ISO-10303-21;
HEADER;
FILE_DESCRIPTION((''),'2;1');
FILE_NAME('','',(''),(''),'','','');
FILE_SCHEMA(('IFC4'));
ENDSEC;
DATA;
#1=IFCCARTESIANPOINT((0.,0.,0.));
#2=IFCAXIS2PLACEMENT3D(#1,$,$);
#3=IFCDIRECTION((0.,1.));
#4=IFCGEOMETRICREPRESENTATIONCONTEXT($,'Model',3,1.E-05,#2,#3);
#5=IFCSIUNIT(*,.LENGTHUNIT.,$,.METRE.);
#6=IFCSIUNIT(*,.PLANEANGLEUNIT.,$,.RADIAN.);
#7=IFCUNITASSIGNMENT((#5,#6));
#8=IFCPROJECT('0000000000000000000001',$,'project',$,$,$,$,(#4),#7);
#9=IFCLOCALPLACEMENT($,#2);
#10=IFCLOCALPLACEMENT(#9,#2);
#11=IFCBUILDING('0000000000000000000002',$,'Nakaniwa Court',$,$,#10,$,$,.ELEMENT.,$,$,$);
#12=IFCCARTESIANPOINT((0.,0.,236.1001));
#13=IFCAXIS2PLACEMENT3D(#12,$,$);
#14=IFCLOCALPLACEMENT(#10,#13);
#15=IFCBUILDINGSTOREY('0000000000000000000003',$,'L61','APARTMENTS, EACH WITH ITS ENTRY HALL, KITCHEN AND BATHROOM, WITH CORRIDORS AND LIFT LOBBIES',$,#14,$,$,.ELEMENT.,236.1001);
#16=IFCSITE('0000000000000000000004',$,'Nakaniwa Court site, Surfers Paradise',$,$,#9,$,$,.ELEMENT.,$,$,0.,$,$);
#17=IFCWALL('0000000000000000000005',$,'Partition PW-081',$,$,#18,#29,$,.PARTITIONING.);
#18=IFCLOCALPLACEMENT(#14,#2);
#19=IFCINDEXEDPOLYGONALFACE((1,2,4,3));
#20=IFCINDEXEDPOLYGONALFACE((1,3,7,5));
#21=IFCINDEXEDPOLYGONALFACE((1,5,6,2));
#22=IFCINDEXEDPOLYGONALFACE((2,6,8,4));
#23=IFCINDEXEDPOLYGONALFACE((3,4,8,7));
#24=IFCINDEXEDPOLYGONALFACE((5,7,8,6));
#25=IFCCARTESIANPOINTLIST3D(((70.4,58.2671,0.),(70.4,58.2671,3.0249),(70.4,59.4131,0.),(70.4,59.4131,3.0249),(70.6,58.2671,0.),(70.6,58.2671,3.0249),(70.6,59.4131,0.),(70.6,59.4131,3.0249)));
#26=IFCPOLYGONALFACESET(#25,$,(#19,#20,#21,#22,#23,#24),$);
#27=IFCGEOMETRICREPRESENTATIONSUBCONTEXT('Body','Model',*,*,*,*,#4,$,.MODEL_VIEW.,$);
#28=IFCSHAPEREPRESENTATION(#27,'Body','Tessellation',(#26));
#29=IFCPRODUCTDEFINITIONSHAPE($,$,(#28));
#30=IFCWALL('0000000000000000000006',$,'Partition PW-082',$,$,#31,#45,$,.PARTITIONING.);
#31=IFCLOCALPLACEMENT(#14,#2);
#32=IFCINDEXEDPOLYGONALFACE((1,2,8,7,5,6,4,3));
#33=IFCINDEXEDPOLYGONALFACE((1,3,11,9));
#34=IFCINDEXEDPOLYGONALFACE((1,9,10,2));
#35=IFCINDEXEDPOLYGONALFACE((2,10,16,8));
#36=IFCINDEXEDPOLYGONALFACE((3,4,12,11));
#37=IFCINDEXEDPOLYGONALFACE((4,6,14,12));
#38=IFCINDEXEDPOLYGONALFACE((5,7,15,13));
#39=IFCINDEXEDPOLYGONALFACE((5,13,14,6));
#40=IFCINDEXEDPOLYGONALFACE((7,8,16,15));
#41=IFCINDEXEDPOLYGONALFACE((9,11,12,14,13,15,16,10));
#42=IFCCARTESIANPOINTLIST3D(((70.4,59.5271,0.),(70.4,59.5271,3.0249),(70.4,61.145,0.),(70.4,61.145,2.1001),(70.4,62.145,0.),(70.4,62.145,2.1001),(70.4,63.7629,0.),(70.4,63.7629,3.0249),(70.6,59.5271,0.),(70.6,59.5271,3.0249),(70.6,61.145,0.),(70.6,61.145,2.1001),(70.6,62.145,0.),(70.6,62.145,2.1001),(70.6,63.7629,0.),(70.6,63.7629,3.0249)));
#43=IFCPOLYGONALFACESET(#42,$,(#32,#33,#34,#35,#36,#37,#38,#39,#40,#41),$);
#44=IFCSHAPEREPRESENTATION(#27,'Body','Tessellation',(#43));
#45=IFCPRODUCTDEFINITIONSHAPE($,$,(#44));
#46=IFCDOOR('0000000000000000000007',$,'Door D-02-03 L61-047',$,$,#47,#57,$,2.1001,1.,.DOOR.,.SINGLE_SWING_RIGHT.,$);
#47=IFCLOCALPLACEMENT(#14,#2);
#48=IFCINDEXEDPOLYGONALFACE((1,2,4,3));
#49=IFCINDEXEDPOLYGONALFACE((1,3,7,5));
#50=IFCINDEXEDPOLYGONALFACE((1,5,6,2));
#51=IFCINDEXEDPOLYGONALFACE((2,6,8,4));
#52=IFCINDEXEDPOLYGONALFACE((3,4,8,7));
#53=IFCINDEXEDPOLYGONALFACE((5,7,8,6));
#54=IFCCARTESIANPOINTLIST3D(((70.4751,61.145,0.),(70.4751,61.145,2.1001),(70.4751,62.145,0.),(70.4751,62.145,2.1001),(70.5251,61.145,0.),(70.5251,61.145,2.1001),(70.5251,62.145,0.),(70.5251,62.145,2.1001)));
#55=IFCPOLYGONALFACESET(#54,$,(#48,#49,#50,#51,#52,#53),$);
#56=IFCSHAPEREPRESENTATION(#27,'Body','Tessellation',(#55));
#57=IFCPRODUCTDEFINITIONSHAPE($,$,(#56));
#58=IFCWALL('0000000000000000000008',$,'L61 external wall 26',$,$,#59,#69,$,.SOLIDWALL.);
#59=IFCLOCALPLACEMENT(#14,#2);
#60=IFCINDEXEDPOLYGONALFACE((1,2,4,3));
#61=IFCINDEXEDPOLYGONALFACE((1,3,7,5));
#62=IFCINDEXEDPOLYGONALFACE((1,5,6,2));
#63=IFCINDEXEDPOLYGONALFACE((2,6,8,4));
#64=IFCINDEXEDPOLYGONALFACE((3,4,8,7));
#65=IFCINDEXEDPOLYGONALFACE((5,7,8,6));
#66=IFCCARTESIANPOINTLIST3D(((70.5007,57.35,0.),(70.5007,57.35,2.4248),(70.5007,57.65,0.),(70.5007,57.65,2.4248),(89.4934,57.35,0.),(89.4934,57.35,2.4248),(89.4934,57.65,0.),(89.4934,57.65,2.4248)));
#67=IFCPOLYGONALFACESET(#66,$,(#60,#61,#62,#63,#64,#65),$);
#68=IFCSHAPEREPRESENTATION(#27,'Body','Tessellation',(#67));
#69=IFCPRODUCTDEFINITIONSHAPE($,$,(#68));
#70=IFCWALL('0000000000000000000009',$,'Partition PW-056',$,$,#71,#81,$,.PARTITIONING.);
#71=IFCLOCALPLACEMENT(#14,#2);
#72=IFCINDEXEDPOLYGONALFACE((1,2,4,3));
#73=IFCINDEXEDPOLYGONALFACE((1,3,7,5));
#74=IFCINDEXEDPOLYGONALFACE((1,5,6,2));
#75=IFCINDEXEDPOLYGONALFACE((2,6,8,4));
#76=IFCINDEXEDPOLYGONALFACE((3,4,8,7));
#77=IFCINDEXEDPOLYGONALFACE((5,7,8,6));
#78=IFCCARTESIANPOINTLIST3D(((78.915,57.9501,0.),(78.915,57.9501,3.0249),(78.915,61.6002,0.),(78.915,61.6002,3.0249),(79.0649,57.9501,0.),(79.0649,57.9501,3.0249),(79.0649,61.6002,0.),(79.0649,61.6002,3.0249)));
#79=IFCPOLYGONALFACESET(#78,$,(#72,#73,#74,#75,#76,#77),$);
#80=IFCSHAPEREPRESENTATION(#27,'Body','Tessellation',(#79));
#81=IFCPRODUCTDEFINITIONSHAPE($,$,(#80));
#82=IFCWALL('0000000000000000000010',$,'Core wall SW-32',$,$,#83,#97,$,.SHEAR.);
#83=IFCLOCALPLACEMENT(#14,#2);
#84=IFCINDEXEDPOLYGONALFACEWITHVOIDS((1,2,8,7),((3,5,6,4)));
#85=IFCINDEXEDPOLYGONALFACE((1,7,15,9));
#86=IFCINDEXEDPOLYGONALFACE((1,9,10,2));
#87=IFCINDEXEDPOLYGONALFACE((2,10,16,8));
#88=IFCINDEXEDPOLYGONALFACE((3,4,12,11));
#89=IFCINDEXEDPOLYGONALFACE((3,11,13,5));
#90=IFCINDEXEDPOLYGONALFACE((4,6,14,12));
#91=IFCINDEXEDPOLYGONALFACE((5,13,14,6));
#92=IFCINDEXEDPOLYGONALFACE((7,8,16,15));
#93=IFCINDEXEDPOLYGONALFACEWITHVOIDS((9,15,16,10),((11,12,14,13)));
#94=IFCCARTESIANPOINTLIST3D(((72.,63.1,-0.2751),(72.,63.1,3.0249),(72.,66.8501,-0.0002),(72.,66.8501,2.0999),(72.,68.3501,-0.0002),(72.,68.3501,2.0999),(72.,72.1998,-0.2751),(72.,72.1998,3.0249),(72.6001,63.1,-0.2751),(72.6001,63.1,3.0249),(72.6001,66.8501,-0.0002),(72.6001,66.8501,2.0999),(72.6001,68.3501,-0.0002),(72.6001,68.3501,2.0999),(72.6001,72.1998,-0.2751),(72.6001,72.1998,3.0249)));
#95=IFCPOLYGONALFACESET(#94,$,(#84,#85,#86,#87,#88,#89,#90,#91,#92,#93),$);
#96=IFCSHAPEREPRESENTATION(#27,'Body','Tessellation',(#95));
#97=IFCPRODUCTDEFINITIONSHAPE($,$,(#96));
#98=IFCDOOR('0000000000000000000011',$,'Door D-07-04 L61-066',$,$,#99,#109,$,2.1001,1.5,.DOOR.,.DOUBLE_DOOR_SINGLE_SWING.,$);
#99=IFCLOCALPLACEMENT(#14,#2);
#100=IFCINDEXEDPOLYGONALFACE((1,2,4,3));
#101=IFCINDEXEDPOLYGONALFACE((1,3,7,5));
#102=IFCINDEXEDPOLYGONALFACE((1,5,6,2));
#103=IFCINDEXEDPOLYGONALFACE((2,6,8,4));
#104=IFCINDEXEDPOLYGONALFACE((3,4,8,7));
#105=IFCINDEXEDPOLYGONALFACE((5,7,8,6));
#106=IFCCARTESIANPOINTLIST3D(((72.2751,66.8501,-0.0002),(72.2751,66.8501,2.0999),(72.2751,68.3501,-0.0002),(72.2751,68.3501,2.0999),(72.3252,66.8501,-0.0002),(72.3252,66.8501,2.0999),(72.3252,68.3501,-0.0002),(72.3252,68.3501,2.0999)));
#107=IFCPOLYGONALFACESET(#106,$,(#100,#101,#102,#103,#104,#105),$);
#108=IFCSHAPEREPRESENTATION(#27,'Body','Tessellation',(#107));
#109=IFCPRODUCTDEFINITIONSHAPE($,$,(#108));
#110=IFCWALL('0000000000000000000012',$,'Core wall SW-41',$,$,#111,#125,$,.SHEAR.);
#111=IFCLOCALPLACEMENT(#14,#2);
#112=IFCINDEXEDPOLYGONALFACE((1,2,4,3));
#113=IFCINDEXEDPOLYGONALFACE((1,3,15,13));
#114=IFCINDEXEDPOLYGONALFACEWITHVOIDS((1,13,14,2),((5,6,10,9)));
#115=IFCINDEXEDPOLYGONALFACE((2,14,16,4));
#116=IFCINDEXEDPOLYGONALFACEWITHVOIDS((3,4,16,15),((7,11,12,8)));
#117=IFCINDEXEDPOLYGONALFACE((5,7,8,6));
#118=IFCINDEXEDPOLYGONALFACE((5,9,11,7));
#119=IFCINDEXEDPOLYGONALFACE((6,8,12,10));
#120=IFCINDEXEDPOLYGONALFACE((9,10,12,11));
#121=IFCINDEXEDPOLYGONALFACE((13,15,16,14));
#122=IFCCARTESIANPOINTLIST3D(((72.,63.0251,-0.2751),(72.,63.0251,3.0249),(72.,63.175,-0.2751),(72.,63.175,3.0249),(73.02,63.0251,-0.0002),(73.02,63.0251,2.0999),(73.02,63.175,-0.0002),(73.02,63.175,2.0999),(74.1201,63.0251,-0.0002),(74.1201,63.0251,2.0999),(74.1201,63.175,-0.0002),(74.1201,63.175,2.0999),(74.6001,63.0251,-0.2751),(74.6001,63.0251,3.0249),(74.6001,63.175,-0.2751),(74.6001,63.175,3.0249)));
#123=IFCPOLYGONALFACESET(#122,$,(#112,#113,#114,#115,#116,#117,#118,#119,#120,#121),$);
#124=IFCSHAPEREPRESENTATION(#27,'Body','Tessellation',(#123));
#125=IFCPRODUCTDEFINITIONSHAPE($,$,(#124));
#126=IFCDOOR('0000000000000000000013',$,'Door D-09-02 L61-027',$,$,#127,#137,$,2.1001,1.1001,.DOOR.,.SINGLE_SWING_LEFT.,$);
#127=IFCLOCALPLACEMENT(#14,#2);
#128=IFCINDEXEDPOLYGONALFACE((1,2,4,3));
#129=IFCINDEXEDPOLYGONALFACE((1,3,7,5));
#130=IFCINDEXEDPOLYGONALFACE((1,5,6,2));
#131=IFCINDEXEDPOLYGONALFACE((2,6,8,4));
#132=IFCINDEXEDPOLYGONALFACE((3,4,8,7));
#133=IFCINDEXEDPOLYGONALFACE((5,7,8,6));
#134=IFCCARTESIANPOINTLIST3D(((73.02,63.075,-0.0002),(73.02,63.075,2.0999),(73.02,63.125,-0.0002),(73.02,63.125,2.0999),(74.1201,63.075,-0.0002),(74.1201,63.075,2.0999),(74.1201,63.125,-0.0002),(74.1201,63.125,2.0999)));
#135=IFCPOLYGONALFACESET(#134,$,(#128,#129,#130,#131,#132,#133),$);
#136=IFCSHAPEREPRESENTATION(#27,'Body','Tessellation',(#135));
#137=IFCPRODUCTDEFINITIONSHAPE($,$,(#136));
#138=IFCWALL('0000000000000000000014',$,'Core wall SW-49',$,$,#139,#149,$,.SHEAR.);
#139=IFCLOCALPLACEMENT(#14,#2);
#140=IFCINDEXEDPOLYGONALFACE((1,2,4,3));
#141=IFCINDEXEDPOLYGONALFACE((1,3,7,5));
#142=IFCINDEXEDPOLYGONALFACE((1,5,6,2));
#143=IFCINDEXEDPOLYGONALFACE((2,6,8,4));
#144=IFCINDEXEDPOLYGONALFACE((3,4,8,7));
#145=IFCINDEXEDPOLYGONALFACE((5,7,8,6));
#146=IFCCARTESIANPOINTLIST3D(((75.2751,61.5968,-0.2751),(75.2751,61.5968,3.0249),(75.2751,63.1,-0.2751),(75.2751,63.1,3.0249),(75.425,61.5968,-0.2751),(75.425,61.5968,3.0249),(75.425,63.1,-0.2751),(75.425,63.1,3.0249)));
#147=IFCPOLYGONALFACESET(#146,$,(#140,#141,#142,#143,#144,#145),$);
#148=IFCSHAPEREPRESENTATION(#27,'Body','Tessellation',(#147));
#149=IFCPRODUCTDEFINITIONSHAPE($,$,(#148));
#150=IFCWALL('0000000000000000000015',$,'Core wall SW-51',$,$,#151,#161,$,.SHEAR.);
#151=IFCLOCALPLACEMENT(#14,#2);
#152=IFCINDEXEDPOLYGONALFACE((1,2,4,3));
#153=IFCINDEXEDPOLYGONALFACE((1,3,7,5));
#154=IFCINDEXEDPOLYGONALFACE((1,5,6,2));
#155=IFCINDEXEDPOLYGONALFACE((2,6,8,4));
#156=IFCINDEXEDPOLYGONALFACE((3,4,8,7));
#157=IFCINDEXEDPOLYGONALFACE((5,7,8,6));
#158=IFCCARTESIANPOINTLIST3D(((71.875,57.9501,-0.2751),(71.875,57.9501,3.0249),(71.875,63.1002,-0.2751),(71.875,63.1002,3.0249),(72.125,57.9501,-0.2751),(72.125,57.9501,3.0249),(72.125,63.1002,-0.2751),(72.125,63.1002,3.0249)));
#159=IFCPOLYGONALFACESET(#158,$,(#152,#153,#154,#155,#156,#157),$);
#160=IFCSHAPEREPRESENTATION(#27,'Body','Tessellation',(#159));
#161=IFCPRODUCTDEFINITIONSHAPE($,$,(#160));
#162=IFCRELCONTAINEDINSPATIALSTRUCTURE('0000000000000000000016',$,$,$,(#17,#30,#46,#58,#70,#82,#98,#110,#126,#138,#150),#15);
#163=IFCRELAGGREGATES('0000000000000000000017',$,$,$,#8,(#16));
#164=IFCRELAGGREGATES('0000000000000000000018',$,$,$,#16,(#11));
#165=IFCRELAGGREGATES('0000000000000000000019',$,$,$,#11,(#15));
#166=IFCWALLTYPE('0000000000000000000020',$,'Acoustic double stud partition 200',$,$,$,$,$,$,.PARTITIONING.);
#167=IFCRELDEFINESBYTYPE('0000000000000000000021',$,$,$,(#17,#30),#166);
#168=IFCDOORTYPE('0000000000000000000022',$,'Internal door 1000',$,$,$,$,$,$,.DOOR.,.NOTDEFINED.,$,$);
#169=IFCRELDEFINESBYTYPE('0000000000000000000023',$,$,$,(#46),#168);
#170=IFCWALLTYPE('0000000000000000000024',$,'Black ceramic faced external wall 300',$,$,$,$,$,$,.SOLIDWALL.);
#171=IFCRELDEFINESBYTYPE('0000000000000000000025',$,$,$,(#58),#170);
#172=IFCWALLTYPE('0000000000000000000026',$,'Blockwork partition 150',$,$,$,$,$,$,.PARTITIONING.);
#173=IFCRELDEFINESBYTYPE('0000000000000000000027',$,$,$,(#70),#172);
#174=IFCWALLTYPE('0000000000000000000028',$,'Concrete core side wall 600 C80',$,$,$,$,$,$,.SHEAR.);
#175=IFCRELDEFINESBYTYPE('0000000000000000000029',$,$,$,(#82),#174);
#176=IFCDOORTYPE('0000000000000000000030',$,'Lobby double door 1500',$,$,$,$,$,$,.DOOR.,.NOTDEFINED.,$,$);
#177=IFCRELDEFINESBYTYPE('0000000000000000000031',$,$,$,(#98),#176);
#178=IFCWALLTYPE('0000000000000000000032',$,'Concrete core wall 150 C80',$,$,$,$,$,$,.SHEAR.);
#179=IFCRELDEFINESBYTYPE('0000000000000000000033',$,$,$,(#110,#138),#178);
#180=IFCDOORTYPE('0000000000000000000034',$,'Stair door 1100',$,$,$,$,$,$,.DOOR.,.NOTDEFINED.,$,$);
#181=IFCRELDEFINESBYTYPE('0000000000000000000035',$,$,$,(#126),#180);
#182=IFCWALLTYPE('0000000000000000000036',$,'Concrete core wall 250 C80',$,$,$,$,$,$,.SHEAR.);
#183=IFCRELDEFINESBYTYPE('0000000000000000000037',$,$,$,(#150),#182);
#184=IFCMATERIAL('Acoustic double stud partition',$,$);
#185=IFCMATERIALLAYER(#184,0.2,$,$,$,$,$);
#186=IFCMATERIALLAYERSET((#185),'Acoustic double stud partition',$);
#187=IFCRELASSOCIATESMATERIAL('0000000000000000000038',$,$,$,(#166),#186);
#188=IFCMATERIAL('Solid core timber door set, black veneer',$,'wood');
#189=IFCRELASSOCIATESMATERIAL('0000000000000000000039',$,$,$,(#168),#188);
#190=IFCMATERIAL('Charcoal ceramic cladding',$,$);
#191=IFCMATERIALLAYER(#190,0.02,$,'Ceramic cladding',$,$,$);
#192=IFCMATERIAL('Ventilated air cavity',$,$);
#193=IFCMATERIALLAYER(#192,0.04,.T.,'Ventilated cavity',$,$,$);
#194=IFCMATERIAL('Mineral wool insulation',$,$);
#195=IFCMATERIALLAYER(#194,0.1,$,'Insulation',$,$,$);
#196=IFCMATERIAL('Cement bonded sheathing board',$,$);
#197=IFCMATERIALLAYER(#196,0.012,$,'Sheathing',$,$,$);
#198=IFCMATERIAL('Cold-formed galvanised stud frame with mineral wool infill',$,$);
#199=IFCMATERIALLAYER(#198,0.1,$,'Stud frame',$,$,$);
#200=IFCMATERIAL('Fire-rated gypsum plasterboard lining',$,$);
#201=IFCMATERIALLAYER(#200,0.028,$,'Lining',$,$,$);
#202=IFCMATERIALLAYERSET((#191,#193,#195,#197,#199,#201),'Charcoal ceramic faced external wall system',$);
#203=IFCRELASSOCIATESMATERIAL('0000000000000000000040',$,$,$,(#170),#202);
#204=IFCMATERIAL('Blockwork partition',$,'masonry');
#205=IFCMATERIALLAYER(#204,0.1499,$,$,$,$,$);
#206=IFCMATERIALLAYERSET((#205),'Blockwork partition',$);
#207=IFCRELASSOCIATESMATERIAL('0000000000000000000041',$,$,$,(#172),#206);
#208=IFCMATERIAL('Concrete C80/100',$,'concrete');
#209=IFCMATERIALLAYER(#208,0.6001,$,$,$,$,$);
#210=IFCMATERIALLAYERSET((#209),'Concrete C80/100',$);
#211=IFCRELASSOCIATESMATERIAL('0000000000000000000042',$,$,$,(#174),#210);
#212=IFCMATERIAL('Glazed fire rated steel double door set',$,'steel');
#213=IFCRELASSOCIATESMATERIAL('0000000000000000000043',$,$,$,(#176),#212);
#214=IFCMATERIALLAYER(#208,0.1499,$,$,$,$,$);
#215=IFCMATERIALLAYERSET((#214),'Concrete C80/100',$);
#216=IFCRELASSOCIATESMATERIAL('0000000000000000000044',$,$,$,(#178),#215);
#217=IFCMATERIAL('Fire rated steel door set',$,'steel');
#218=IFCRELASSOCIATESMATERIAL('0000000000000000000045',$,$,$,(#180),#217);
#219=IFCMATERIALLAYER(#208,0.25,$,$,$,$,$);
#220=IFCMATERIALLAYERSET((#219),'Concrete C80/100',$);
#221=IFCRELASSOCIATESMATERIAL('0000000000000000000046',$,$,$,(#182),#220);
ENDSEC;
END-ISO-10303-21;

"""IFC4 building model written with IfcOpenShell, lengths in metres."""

from ifc_helpers import new_model, si_unit, direction, frame, frame_2d, origin, place, context, subcontext, project, spatial, rectangle, extrude, material, layer, layer_set, type_object, element, fill, save


model = new_model("IFC4")

# Units and contexts
model_context = context("Model", 3, precision=1e-05, world=origin(), true_north=direction((0.0, 1.0)))
body_context = subcontext(model_context, "Body", "Model", "MODEL_VIEW")
ifc_project = project(units=[si_unit("LENGTHUNIT", "METRE"), si_unit("PLANEANGLEUNIT", "RADIAN")], contexts=[model_context])

# Site, building, storey
site_placement = place(None, origin())
site = spatial("IfcSite", under=ifc_project, at=site_placement, Name="Nakaniwa Court site, Surfers Paradise", CompositionType="ELEMENT", RefElevation=0.0)
building_placement = place(site_placement, origin())
building = spatial("IfcBuilding", under=site, at=building_placement, Name="Nakaniwa Court", CompositionType="ELEMENT")
storey_placement = place(building_placement, frame((0.0, 0.0, 236.1001)))
storey = spatial("IfcBuildingStorey", under=building, at=storey_placement, Name="L61", Description="APARTMENTS, EACH WITH ITS ENTRY HALL, KITCHEN AND BATHROOM, WITH CORRIDORS AND LIFT LOBBIES", CompositionType="ELEMENT", Elevation=236.1001)

# Wall
ifc_material_1 = material(Name="Acoustic double stud partition")
ifc_layer_1 = layer(ifc_material_1, 0.2)
ifc_layer_set_1 = layer_set([ifc_layer_1], Name="Acoustic double stud partition")
wall_type_1 = type_object("IfcWallType", Name="Acoustic double stud partition 200", PredefinedType="PARTITIONING", material=ifc_layer_set_1)
wall_1_placement = place(storey_placement, frame((70.5, 58.2671, 0.0), z_axis=(0.0, 0.0, 1.0), x_axis=(0.0, 1.0, 0.0)))
element("IfcWall", 1, at=wall_1_placement, inside=storey, type_object=wall_type_1, Name="Partition PW-081", PredefinedType="PARTITIONING", context=body_context, shape_type="SweptSolid", body=[
    extrude(rectangle(XDim=1.146, YDim=0.2, at=frame_2d((0.573, 0.0))), origin(), (0.0, 0.0, 1.0), 3.0249),
])

# Wall, opening, door
wall_2_placement = place(storey_placement, frame((70.5, 59.5271, 0.0), z_axis=(0.0, 0.0, 1.0), x_axis=(0.0, 1.0, 0.0)))
wall_2 = element("IfcWall", 2, at=wall_2_placement, inside=storey, type_object=wall_type_1, Name="Partition PW-082", PredefinedType="PARTITIONING", context=body_context, shape_type="SweptSolid", body=[
    extrude(rectangle(XDim=4.2358, YDim=0.2, at=frame_2d((2.1179, 0.0))), origin(), (0.0, 0.0, 1.0), 3.0249),
])
opening_1_placement = place(wall_2_placement, frame((1.6179, 0.0, 0.0)))
opening_1 = element("IfcOpeningElement", 3, at=opening_1_placement, cuts=wall_2, PredefinedType="OPENING", context=body_context, shape_type="SweptSolid", body=[
    extrude(rectangle(XDim=1.0, YDim=2.1001, at=frame_2d((0.5, 1.05))), frame((0.0, 0.1099, 0.0), z_axis=(0.0, -1.0, 0.0), x_axis=(1.0, 0.0, 0.0)), (0.0, 0.0, 1.0), 0.22),
])
ifc_material_2 = material(Name="Solid core timber door set, black veneer", Category="wood")
door_type_1 = type_object("IfcDoorType", Name="Internal door 1000", OperationType="NOTDEFINED", PredefinedType="DOOR", material=ifc_material_2)
door_1_placement = place(opening_1_placement, origin())
door_1 = element("IfcDoor", 4, at=door_1_placement, inside=storey, type_object=door_type_1, Name="Door D-02-03 L61-047", OperationType="SINGLE_SWING_RIGHT", OverallHeight=2.1001, OverallWidth=1.0, PredefinedType="DOOR", context=body_context, shape_type="SweptSolid", body=[
    extrude(rectangle(XDim=1.0, YDim=2.1001, at=frame_2d((0.5, 1.05))), frame((0.0, 0.0249, 0.0), z_axis=(0.0, -1.0, 0.0), x_axis=(1.0, 0.0, 0.0)), (0.0, 0.0, 1.0), 0.05),
])
fill(opening_1, door_1)

# Walls
ifc_material_3 = material(Name="Charcoal ceramic cladding")
ifc_layer_2 = layer(ifc_material_3, 0.02, Name="Ceramic cladding")
ifc_material_4 = material(Name="Ventilated air cavity")
ifc_layer_3 = layer(ifc_material_4, 0.04, ventilated=True, Name="Ventilated cavity")
ifc_material_5 = material(Name="Mineral wool insulation")
ifc_layer_4 = layer(ifc_material_5, 0.1, Name="Insulation")
ifc_material_6 = material(Name="Cement bonded sheathing board")
ifc_layer_5 = layer(ifc_material_6, 0.012, Name="Sheathing")
ifc_material_7 = material(Name="Cold-formed galvanised stud frame with mineral wool infill")
ifc_layer_6 = layer(ifc_material_7, 0.1, Name="Stud frame")
ifc_material_8 = material(Name="Fire-rated gypsum plasterboard lining")
ifc_layer_7 = layer(ifc_material_8, 0.028, Name="Lining")
ifc_layer_set_2 = layer_set([ifc_layer_2, ifc_layer_3, ifc_layer_4, ifc_layer_5, ifc_layer_6, ifc_layer_7], Name="Charcoal ceramic faced external wall system")
wall_type_2 = type_object("IfcWallType", Name="Black ceramic faced external wall 300", PredefinedType="SOLIDWALL", material=ifc_layer_set_2)
wall_3_placement = place(storey_placement, frame((70.5007, 57.5, 0.0), z_axis=(0.0, 0.0, 1.0), x_axis=(1.0, 0.0, 0.0)))
element("IfcWall", 5, at=wall_3_placement, inside=storey, type_object=wall_type_2, Name="L61 external wall 26", PredefinedType="SOLIDWALL", context=body_context, shape_type="SweptSolid", body=[
    extrude(rectangle(XDim=18.9927, YDim=0.3, at=frame_2d((9.4963, 0.0))), origin(), (0.0, 0.0, 1.0), 2.4248),
])
ifc_material_9 = material(Name="Blockwork partition", Category="masonry")
ifc_layer_8 = layer(ifc_material_9, 0.1499)
ifc_layer_set_3 = layer_set([ifc_layer_8], Name="Blockwork partition")
wall_type_3 = type_object("IfcWallType", Name="Blockwork partition 150", PredefinedType="PARTITIONING", material=ifc_layer_set_3)
wall_4_placement = place(storey_placement, frame((78.99, 57.95, 0.0), z_axis=(0.0, 0.0, 1.0), x_axis=(0.0, 1.0, 0.0)))
element("IfcWall", 6, at=wall_4_placement, inside=storey, type_object=wall_type_3, Name="Partition PW-056", PredefinedType="PARTITIONING", context=body_context, shape_type="SweptSolid", body=[
    extrude(rectangle(XDim=3.6501, YDim=0.1499, at=frame_2d((1.8252, 0.0))), origin(), (0.0, 0.0, 1.0), 3.0249),
])

# Walls, openings, doors
ifc_material_10 = material(Name="Concrete C80/100", Category="concrete")
ifc_layer_9 = layer(ifc_material_10, 0.6001)
ifc_layer_set_4 = layer_set([ifc_layer_9], Name="Concrete C80/100")
wall_type_4 = type_object("IfcWallType", Name="Concrete core side wall 600 C80", PredefinedType="SHEAR", material=ifc_layer_set_4)
wall_5_placement = place(storey_placement, frame((72.3, 63.1001, -0.2751), z_axis=(0.0, 0.0, 1.0), x_axis=(0.0, 1.0, 0.0)))
wall_5 = element("IfcWall", 7, at=wall_5_placement, inside=storey, type_object=wall_type_4, Name="Core wall SW-32", PredefinedType="SHEAR", context=body_context, shape_type="SweptSolid", body=[
    extrude(rectangle(XDim=9.0999, YDim=0.6001, at=frame_2d((4.5498, 0.0))), origin(), (0.0, 0.0, 1.0), 3.3),
])
opening_2_placement = place(wall_5_placement, frame((3.75, 0.0, 0.2749)))
opening_2 = element("IfcOpeningElement", 8, at=opening_2_placement, cuts=wall_5, PredefinedType="OPENING", context=body_context, shape_type="SweptSolid", body=[
    extrude(rectangle(XDim=1.5, YDim=2.1001, at=frame_2d((0.75, 1.05))), frame((0.0, 0.3101, 0.0), z_axis=(0.0, -1.0, 0.0), x_axis=(1.0, 0.0, 0.0)), (0.0, 0.0, 1.0), 0.6201),
])
ifc_material_11 = material(Name="Glazed fire rated steel double door set", Category="steel")
door_type_2 = type_object("IfcDoorType", Name="Lobby double door 1500", OperationType="NOTDEFINED", PredefinedType="DOOR", material=ifc_material_11)
door_2_placement = place(opening_2_placement, origin())
door_2 = element("IfcDoor", 9, at=door_2_placement, inside=storey, type_object=door_type_2, Name="Door D-07-04 L61-066", OperationType="DOUBLE_DOOR_SINGLE_SWING", OverallHeight=2.1001, OverallWidth=1.5, PredefinedType="DOOR", context=body_context, shape_type="SweptSolid", body=[
    extrude(rectangle(XDim=1.5, YDim=2.1001, at=frame_2d((0.75, 1.05))), frame((0.0, 0.0249, 0.0), z_axis=(0.0, -1.0, 0.0), x_axis=(1.0, 0.0, 0.0)), (0.0, 0.0, 1.0), 0.05),
])
fill(opening_2, door_2)
ifc_layer_10 = layer(ifc_material_10, 0.1499)
ifc_layer_set_5 = layer_set([ifc_layer_10], Name="Concrete C80/100")
wall_type_5 = type_object("IfcWallType", Name="Concrete core wall 150 C80", PredefinedType="SHEAR", material=ifc_layer_set_5)
wall_6_placement = place(storey_placement, frame((72.0, 63.1001, -0.2751), z_axis=(0.0, 0.0, 1.0), x_axis=(1.0, 0.0, 0.0)))
wall_6 = element("IfcWall", 10, at=wall_6_placement, inside=storey, type_object=wall_type_5, Name="Core wall SW-41", PredefinedType="SHEAR", context=body_context, shape_type="SweptSolid", body=[
    extrude(rectangle(XDim=2.6001, YDim=0.1499, at=frame_2d((1.3, 0.0))), origin(), (0.0, 0.0, 1.0), 3.3),
])
opening_3_placement = place(wall_6_placement, frame((1.02, 0.0, 0.2749)))
opening_3 = element("IfcOpeningElement", 11, at=opening_3_placement, cuts=wall_6, PredefinedType="OPENING", context=body_context, shape_type="SweptSolid", body=[
    extrude(rectangle(XDim=1.1001, YDim=2.1001, at=frame_2d((0.55, 1.05))), frame((0.0, 0.085, 0.0), z_axis=(0.0, -1.0, 0.0), x_axis=(1.0, 0.0, 0.0)), (0.0, 0.0, 1.0), 0.1699),
])
ifc_material_12 = material(Name="Fire rated steel door set", Category="steel")
door_type_3 = type_object("IfcDoorType", Name="Stair door 1100", OperationType="NOTDEFINED", PredefinedType="DOOR", material=ifc_material_12)
door_3_placement = place(opening_3_placement, origin())
door_3 = element("IfcDoor", 12, at=door_3_placement, inside=storey, type_object=door_type_3, Name="Door D-09-02 L61-027", OperationType="SINGLE_SWING_LEFT", OverallHeight=2.1001, OverallWidth=1.1001, PredefinedType="DOOR", context=body_context, shape_type="SweptSolid", body=[
    extrude(rectangle(XDim=1.1001, YDim=2.1001, at=frame_2d((0.55, 1.05))), frame((0.0, 0.0249, 0.0), z_axis=(0.0, -1.0, 0.0), x_axis=(1.0, 0.0, 0.0)), (0.0, 0.0, 1.0), 0.05),
])
fill(opening_3, door_3)

# Walls
wall_7_placement = place(storey_placement, frame((75.3501, 61.5969, -0.2751), z_axis=(0.0, 0.0, 1.0), x_axis=(0.0, 1.0, 0.0)))
element("IfcWall", 13, at=wall_7_placement, inside=storey, type_object=wall_type_5, Name="Core wall SW-49", PredefinedType="SHEAR", context=body_context, shape_type="SweptSolid", body=[
    extrude(rectangle(XDim=1.5032, YDim=0.1499, at=frame_2d((0.7515, 0.0))), origin(), (0.0, 0.0, 1.0), 3.3),
])
ifc_layer_11 = layer(ifc_material_10, 0.25)
ifc_layer_set_6 = layer_set([ifc_layer_11], Name="Concrete C80/100")
wall_type_6 = type_object("IfcWallType", Name="Concrete core wall 250 C80", PredefinedType="SHEAR", material=ifc_layer_set_6)
wall_8_placement = place(storey_placement, frame((72.0, 57.95, -0.2751), z_axis=(0.0, 0.0, 1.0), x_axis=(0.0, 1.0, 0.0)))
element("IfcWall", 14, at=wall_8_placement, inside=storey, type_object=wall_type_6, Name="Core wall SW-51", PredefinedType="SHEAR", context=body_context, shape_type="SweptSolid", body=[
    extrude(rectangle(XDim=5.1501, YDim=0.25, at=frame_2d((2.5752, 0.0))), origin(), (0.0, 0.0, 1.0), 3.3),
])

save(model, "model.ifc")
